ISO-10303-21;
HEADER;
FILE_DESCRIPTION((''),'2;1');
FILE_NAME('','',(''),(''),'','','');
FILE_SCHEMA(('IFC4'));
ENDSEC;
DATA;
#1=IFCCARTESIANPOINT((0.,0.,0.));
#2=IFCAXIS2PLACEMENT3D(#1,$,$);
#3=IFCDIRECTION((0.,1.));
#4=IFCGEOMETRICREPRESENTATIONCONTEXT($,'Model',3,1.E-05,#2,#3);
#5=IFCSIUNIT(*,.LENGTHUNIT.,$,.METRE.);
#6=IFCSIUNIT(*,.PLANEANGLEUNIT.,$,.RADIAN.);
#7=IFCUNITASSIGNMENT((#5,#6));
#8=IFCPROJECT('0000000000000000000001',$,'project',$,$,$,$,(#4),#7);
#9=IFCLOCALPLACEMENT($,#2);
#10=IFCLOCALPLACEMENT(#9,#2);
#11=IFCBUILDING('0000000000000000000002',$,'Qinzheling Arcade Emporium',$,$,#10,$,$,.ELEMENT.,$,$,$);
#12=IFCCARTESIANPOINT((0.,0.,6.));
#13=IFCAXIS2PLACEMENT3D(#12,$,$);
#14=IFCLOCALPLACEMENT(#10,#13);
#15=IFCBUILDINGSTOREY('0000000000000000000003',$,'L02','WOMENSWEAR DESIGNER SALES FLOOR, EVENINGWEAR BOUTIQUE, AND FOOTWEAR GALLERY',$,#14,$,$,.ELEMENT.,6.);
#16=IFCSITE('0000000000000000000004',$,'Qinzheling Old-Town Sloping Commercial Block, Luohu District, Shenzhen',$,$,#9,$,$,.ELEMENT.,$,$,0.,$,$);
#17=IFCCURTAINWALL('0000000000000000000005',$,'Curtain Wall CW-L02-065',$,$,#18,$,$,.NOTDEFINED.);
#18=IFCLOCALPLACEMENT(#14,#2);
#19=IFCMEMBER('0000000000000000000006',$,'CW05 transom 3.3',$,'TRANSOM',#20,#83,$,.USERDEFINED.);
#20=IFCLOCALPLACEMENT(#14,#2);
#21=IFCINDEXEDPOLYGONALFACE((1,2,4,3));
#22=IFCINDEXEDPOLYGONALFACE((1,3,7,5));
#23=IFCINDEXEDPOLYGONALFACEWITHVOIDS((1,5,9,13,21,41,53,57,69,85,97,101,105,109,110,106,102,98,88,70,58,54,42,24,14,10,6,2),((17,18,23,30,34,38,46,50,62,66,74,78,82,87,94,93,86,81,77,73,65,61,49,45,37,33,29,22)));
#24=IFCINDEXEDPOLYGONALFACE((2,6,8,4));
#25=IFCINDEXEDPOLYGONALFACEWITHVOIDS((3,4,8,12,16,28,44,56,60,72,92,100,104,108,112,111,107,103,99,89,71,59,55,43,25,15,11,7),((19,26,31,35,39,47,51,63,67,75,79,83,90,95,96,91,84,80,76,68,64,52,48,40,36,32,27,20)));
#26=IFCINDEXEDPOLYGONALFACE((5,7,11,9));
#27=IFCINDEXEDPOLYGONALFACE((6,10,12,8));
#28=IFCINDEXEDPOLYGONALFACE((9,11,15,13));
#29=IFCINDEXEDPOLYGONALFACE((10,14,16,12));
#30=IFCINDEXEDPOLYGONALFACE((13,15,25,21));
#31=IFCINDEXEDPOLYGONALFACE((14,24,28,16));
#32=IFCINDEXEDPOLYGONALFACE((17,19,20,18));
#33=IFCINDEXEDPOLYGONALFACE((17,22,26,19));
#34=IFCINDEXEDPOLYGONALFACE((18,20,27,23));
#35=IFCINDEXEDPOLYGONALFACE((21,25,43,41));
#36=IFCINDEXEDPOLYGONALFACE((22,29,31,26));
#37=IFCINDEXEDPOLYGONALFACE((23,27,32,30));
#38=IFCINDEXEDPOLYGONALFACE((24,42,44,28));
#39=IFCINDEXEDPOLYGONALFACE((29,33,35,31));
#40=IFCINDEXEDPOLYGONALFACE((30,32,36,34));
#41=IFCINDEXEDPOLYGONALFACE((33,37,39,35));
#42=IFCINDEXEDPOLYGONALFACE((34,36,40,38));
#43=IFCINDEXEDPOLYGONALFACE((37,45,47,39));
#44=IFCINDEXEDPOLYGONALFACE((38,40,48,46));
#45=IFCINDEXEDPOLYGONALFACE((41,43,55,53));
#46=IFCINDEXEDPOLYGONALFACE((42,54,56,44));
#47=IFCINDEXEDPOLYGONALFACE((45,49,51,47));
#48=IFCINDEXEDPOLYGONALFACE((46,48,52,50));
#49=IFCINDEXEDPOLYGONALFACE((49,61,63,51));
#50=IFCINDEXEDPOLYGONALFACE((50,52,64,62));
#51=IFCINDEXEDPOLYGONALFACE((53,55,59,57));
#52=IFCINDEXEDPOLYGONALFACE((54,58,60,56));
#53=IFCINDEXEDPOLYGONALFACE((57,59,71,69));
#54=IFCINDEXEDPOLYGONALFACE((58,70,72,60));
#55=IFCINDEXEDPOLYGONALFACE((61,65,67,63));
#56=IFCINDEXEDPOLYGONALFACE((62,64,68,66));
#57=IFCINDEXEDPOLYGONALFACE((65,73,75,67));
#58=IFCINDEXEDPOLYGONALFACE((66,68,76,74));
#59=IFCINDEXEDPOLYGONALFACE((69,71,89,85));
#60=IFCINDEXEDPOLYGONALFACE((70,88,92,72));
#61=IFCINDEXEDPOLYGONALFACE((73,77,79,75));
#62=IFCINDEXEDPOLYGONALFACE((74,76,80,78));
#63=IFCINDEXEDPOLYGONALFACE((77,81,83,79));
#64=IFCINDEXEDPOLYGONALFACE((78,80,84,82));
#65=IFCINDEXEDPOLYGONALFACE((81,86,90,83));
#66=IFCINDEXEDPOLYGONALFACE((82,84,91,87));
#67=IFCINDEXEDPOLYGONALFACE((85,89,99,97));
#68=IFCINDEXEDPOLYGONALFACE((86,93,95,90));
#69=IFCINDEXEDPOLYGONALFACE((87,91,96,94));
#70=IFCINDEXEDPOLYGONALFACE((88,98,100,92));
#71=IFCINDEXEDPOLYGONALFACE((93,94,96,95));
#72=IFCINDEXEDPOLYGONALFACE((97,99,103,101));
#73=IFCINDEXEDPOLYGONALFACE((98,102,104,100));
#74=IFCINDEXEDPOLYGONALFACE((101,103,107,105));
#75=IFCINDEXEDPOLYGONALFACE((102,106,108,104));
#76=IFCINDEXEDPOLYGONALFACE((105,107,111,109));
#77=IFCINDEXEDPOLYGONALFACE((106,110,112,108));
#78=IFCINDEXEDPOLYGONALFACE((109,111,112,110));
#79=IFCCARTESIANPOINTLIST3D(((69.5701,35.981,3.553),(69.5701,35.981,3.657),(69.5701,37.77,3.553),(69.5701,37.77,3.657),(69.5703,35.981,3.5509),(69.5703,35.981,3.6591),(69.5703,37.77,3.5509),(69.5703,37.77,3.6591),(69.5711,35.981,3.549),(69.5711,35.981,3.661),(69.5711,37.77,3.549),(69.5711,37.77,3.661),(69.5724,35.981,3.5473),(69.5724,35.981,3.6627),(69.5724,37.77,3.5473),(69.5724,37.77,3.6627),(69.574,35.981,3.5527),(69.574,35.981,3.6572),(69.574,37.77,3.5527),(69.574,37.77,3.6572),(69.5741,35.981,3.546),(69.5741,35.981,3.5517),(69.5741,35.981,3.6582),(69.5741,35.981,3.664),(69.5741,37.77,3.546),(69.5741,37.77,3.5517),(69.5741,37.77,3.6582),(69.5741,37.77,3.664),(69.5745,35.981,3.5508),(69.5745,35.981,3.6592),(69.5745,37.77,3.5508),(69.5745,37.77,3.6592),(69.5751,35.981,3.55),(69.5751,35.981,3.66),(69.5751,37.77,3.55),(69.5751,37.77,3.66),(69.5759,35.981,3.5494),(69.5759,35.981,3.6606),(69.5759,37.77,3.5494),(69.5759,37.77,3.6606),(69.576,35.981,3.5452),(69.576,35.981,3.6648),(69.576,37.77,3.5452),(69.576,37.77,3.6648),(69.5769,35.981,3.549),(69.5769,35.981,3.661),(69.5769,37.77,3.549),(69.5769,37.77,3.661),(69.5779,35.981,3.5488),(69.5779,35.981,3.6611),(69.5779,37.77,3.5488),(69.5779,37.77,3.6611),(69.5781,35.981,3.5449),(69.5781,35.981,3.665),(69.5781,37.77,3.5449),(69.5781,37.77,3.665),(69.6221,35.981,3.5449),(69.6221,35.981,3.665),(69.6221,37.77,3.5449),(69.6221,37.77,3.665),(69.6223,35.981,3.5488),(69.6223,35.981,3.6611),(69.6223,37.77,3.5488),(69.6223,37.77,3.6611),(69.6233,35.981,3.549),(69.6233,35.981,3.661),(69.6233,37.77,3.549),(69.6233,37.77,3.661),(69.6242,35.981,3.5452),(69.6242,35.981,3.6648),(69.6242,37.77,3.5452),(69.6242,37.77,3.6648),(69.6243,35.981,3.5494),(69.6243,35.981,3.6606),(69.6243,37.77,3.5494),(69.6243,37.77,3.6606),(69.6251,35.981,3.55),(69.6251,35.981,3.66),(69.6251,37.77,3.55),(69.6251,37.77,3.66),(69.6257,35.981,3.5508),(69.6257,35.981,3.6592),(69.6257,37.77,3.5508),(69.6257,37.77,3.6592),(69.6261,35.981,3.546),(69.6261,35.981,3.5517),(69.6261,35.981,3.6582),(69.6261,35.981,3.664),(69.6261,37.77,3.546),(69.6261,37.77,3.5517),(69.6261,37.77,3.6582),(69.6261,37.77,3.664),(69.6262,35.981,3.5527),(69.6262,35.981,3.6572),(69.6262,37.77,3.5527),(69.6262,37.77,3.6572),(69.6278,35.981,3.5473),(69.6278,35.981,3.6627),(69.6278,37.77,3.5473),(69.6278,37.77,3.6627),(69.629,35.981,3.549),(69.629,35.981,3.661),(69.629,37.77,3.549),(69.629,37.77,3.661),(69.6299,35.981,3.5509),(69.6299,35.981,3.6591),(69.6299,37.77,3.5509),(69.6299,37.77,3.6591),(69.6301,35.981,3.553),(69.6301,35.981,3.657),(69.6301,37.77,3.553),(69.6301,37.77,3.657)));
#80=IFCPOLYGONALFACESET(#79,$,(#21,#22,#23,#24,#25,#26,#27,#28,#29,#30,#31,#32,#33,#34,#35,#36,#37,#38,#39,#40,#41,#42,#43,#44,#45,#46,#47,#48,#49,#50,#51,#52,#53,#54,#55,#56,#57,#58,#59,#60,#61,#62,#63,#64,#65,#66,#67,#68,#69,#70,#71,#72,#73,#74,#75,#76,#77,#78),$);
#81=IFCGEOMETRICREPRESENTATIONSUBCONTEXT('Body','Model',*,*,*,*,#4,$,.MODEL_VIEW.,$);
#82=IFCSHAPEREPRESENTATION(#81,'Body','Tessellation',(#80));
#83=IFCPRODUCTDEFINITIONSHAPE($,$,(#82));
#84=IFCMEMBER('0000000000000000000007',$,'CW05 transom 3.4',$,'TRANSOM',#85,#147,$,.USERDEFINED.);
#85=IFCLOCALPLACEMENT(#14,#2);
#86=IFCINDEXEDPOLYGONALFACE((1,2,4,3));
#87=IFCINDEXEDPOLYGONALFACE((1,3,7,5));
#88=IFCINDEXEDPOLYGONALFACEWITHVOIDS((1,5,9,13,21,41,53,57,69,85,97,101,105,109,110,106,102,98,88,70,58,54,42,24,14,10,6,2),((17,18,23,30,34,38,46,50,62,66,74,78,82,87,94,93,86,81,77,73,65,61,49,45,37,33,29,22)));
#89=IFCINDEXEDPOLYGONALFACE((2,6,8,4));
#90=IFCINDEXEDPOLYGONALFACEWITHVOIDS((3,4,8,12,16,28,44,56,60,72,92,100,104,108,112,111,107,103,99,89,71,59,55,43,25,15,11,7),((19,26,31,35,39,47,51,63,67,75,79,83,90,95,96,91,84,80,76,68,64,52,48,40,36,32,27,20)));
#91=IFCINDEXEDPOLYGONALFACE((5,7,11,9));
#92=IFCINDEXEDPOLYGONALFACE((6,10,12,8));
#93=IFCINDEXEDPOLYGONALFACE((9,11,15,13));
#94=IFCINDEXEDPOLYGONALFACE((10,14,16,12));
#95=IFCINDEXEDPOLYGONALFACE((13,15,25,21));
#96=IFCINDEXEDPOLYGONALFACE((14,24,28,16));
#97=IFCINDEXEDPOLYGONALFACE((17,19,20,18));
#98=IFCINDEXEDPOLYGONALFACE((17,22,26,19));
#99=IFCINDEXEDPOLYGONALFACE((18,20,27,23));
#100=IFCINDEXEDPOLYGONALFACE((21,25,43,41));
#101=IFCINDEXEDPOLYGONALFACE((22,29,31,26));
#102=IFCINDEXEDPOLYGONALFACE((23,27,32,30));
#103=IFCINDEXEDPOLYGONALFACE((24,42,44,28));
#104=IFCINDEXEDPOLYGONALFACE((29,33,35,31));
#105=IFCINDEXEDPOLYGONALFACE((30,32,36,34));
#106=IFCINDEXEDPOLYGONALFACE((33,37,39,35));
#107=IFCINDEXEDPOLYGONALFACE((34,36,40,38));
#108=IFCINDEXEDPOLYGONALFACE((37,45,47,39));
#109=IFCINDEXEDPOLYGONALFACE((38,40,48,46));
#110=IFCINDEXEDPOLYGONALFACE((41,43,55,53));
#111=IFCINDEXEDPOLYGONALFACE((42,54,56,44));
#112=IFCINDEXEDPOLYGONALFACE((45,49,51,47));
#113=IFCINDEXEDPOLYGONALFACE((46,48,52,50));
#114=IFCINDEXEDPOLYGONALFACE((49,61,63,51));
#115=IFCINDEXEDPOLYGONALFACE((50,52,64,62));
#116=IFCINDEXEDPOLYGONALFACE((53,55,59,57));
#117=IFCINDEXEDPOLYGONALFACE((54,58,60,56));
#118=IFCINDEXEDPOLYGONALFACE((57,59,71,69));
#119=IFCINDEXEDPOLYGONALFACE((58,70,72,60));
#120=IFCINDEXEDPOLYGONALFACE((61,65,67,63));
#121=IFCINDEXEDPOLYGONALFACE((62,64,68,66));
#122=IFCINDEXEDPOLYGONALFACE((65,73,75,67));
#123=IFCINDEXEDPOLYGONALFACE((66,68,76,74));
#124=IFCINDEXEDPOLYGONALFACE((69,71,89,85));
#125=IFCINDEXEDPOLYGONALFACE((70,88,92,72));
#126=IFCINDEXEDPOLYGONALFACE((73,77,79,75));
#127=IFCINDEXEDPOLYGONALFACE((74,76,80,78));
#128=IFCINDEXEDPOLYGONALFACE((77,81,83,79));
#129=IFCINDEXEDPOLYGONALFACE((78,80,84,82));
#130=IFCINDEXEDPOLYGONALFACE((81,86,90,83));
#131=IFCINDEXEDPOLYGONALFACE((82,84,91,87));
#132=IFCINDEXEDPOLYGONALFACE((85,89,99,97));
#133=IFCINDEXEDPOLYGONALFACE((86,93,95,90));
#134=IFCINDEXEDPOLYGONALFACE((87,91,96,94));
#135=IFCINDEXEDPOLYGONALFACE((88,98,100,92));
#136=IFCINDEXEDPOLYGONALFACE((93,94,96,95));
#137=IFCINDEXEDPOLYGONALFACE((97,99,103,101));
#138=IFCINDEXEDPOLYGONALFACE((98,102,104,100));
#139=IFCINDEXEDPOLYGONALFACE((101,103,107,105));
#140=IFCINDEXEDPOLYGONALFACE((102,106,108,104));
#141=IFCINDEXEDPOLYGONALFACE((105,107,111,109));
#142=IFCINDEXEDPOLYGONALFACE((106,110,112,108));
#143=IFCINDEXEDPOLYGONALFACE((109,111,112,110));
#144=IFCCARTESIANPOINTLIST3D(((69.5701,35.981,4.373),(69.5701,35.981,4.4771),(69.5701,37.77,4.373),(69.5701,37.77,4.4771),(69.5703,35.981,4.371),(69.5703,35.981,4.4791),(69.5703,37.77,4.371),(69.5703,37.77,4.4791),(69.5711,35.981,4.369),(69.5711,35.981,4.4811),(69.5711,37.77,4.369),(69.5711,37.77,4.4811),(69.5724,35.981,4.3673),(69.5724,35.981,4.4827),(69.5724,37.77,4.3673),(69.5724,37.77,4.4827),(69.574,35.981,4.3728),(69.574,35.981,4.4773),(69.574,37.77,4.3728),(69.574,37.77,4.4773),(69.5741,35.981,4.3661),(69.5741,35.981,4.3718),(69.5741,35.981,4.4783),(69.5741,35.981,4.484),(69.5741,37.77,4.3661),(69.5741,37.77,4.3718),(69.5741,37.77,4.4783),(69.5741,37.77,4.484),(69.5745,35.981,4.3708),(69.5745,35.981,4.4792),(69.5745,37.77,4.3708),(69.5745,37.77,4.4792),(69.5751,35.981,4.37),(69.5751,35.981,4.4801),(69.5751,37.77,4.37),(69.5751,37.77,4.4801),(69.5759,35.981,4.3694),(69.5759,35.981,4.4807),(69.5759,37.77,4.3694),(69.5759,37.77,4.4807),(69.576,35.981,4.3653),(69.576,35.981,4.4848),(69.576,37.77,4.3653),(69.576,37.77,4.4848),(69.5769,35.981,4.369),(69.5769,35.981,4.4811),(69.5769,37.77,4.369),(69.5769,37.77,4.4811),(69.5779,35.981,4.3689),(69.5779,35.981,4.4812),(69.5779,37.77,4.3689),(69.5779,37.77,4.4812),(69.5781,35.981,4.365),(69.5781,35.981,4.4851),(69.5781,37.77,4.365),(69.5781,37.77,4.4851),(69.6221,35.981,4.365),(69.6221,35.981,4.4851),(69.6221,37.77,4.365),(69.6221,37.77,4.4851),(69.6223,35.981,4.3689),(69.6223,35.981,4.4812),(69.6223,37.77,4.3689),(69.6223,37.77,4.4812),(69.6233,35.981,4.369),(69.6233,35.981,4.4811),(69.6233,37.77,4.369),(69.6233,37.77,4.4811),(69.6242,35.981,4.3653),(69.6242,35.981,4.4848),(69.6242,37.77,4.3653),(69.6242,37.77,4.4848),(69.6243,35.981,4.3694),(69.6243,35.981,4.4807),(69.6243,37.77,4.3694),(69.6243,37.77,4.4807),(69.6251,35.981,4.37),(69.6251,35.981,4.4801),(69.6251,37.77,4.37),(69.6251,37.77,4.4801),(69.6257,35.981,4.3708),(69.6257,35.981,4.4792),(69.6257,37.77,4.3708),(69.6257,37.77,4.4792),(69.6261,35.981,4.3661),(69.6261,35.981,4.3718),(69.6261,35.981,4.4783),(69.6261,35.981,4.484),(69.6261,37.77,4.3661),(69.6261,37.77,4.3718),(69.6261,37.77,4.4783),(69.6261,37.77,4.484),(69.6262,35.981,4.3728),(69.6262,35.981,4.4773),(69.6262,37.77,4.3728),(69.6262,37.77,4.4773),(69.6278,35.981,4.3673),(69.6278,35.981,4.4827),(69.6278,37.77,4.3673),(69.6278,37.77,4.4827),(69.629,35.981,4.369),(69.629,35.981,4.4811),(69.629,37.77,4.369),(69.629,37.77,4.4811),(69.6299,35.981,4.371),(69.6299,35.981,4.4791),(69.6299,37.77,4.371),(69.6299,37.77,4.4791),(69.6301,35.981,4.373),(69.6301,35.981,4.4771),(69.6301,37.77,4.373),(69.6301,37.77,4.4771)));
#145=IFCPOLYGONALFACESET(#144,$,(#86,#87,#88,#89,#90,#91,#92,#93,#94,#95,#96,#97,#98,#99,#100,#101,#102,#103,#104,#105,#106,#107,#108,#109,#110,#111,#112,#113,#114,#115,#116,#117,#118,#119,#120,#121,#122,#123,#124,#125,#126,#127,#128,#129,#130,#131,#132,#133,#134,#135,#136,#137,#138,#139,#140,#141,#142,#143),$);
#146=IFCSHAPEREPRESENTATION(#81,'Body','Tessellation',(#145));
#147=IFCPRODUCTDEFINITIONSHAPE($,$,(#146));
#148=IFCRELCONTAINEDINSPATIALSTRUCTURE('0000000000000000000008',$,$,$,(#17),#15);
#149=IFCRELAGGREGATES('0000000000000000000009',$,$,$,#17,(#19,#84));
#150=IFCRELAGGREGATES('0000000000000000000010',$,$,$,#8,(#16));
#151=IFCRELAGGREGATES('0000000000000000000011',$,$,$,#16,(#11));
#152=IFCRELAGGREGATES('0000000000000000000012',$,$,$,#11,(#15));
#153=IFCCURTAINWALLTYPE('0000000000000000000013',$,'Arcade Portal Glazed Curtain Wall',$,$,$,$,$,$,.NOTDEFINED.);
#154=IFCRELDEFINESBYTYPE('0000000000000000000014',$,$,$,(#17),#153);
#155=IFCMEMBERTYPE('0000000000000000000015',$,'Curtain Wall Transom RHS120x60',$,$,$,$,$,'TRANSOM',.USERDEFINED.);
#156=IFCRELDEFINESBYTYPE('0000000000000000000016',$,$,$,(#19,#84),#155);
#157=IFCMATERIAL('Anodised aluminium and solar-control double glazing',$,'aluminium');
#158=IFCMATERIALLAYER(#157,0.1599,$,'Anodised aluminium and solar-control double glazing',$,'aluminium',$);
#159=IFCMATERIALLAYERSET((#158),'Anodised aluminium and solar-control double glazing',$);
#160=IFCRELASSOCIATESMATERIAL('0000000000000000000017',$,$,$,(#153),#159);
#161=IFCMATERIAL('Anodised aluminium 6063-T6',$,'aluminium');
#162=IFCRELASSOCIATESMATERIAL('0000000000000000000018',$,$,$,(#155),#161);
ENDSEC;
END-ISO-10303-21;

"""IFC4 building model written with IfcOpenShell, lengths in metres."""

from ifc_helpers import new_model, si_unit, direction, frame, origin, origin_2d, place, context, subcontext, project, spatial, hollow_rectangle, extrude, material, layer, layer_set, material_profile, profile_set, type_object, element, aggregate, save


model = new_model("IFC4")

# Units and contexts
model_context = context("Model", 3, precision=1e-05, world=origin(), true_north=direction((0.0, 1.0)))
body_context = subcontext(model_context, "Body", "Model", "MODEL_VIEW")
ifc_project = project(units=[si_unit("LENGTHUNIT", "METRE"), si_unit("PLANEANGLEUNIT", "RADIAN")], contexts=[model_context])

# Site, building, storey
site_placement = place(None, origin())
site = spatial("IfcSite", under=ifc_project, at=site_placement, Name="Qinzheling Old-Town Sloping Commercial Block, Luohu District, Shenzhen", CompositionType="ELEMENT", RefElevation=0.0)
building_placement = place(site_placement, origin())
building = spatial("IfcBuilding", under=site, at=building_placement, Name="Qinzheling Arcade Emporium", CompositionType="ELEMENT")
storey_placement = place(building_placement, frame((0.0, 0.0, 6.0)))
storey = spatial("IfcBuildingStorey", under=building, at=storey_placement, Name="L02", Description="WOMENSWEAR DESIGNER SALES FLOOR, EVENINGWEAR BOUTIQUE, AND FOOTWEAR GALLERY", CompositionType="ELEMENT", Elevation=6.0)

# Curtain wall
ifc_material_1 = material(Name="Anodised aluminium and solar-control double glazing", Category="aluminium")
ifc_layer_1 = layer(ifc_material_1, 0.1599, Name="Anodised aluminium and solar-control double glazing", Category="aluminium")
ifc_layer_set_1 = layer_set([ifc_layer_1], Name="Anodised aluminium and solar-control double glazing")
curtain_wall_type = type_object("IfcCurtainWallType", Name="Arcade Portal Glazed Curtain Wall", PredefinedType="NOTDEFINED", material=ifc_layer_set_1)
curtain_wall_1_placement = place(storey_placement, origin())
curtain_wall_1 = element("IfcCurtainWall", 1, at=curtain_wall_1_placement, inside=storey, type_object=curtain_wall_type, Name="Curtain Wall CW-L02-065", PredefinedType="NOTDEFINED")
ifc_material_2 = material(Name="Anodised aluminium 6063-T6", Category="aluminium")

# Members
ifc_material_profile_1 = material_profile(ifc_material_2, hollow_rectangle(XDim=0.0601, YDim=0.1201, WallThickness=0.0039, InnerFilletRadius=0.0039, OuterFilletRadius=0.0081, at=origin_2d()), Name="RHS 120x60x4", Category="aluminium")
ifc_profile_set_1 = profile_set([ifc_material_profile_1], Name="Anodised aluminium 6063-T6")
member_type_1 = type_object("IfcMemberType", Name="Curtain Wall Transom RHS120x60", ElementType="TRANSOM", PredefinedType="USERDEFINED", material=ifc_profile_set_1)
member_1_placement = place(storey_placement, frame((69.6001, 37.77, 3.605), z_axis=(0.0, -1.0, 0.0), x_axis=(1.0, 0.0, 0.0)))
member_1 = element("IfcMember", 2, at=member_1_placement, type_object=member_type_1, Name="CW05 transom 3.3", ObjectType="TRANSOM", PredefinedType="USERDEFINED", context=body_context, shape_type="SweptSolid", body=[
    extrude(hollow_rectangle(XDim=0.0601, YDim=0.1201, WallThickness=0.0039, InnerFilletRadius=0.0039, OuterFilletRadius=0.0081, at=origin_2d()), origin(), (0.0, 0.0, 1.0), 1.7891),
])
member_2_placement = place(storey_placement, frame((69.6001, 37.77, 4.425), z_axis=(0.0, -1.0, 0.0), x_axis=(1.0, 0.0, 0.0)))
member_2 = element("IfcMember", 3, at=member_2_placement, type_object=member_type_1, Name="CW05 transom 3.4", ObjectType="TRANSOM", PredefinedType="USERDEFINED", context=body_context, shape_type="SweptSolid", body=[
    extrude(hollow_rectangle(XDim=0.0601, YDim=0.1201, WallThickness=0.0039, InnerFilletRadius=0.0039, OuterFilletRadius=0.0081, at=origin_2d()), origin(), (0.0, 0.0, 1.0), 1.7891),
])

aggregate(curtain_wall_1, [member_1, member_2])

save(model, "model.ifc")
